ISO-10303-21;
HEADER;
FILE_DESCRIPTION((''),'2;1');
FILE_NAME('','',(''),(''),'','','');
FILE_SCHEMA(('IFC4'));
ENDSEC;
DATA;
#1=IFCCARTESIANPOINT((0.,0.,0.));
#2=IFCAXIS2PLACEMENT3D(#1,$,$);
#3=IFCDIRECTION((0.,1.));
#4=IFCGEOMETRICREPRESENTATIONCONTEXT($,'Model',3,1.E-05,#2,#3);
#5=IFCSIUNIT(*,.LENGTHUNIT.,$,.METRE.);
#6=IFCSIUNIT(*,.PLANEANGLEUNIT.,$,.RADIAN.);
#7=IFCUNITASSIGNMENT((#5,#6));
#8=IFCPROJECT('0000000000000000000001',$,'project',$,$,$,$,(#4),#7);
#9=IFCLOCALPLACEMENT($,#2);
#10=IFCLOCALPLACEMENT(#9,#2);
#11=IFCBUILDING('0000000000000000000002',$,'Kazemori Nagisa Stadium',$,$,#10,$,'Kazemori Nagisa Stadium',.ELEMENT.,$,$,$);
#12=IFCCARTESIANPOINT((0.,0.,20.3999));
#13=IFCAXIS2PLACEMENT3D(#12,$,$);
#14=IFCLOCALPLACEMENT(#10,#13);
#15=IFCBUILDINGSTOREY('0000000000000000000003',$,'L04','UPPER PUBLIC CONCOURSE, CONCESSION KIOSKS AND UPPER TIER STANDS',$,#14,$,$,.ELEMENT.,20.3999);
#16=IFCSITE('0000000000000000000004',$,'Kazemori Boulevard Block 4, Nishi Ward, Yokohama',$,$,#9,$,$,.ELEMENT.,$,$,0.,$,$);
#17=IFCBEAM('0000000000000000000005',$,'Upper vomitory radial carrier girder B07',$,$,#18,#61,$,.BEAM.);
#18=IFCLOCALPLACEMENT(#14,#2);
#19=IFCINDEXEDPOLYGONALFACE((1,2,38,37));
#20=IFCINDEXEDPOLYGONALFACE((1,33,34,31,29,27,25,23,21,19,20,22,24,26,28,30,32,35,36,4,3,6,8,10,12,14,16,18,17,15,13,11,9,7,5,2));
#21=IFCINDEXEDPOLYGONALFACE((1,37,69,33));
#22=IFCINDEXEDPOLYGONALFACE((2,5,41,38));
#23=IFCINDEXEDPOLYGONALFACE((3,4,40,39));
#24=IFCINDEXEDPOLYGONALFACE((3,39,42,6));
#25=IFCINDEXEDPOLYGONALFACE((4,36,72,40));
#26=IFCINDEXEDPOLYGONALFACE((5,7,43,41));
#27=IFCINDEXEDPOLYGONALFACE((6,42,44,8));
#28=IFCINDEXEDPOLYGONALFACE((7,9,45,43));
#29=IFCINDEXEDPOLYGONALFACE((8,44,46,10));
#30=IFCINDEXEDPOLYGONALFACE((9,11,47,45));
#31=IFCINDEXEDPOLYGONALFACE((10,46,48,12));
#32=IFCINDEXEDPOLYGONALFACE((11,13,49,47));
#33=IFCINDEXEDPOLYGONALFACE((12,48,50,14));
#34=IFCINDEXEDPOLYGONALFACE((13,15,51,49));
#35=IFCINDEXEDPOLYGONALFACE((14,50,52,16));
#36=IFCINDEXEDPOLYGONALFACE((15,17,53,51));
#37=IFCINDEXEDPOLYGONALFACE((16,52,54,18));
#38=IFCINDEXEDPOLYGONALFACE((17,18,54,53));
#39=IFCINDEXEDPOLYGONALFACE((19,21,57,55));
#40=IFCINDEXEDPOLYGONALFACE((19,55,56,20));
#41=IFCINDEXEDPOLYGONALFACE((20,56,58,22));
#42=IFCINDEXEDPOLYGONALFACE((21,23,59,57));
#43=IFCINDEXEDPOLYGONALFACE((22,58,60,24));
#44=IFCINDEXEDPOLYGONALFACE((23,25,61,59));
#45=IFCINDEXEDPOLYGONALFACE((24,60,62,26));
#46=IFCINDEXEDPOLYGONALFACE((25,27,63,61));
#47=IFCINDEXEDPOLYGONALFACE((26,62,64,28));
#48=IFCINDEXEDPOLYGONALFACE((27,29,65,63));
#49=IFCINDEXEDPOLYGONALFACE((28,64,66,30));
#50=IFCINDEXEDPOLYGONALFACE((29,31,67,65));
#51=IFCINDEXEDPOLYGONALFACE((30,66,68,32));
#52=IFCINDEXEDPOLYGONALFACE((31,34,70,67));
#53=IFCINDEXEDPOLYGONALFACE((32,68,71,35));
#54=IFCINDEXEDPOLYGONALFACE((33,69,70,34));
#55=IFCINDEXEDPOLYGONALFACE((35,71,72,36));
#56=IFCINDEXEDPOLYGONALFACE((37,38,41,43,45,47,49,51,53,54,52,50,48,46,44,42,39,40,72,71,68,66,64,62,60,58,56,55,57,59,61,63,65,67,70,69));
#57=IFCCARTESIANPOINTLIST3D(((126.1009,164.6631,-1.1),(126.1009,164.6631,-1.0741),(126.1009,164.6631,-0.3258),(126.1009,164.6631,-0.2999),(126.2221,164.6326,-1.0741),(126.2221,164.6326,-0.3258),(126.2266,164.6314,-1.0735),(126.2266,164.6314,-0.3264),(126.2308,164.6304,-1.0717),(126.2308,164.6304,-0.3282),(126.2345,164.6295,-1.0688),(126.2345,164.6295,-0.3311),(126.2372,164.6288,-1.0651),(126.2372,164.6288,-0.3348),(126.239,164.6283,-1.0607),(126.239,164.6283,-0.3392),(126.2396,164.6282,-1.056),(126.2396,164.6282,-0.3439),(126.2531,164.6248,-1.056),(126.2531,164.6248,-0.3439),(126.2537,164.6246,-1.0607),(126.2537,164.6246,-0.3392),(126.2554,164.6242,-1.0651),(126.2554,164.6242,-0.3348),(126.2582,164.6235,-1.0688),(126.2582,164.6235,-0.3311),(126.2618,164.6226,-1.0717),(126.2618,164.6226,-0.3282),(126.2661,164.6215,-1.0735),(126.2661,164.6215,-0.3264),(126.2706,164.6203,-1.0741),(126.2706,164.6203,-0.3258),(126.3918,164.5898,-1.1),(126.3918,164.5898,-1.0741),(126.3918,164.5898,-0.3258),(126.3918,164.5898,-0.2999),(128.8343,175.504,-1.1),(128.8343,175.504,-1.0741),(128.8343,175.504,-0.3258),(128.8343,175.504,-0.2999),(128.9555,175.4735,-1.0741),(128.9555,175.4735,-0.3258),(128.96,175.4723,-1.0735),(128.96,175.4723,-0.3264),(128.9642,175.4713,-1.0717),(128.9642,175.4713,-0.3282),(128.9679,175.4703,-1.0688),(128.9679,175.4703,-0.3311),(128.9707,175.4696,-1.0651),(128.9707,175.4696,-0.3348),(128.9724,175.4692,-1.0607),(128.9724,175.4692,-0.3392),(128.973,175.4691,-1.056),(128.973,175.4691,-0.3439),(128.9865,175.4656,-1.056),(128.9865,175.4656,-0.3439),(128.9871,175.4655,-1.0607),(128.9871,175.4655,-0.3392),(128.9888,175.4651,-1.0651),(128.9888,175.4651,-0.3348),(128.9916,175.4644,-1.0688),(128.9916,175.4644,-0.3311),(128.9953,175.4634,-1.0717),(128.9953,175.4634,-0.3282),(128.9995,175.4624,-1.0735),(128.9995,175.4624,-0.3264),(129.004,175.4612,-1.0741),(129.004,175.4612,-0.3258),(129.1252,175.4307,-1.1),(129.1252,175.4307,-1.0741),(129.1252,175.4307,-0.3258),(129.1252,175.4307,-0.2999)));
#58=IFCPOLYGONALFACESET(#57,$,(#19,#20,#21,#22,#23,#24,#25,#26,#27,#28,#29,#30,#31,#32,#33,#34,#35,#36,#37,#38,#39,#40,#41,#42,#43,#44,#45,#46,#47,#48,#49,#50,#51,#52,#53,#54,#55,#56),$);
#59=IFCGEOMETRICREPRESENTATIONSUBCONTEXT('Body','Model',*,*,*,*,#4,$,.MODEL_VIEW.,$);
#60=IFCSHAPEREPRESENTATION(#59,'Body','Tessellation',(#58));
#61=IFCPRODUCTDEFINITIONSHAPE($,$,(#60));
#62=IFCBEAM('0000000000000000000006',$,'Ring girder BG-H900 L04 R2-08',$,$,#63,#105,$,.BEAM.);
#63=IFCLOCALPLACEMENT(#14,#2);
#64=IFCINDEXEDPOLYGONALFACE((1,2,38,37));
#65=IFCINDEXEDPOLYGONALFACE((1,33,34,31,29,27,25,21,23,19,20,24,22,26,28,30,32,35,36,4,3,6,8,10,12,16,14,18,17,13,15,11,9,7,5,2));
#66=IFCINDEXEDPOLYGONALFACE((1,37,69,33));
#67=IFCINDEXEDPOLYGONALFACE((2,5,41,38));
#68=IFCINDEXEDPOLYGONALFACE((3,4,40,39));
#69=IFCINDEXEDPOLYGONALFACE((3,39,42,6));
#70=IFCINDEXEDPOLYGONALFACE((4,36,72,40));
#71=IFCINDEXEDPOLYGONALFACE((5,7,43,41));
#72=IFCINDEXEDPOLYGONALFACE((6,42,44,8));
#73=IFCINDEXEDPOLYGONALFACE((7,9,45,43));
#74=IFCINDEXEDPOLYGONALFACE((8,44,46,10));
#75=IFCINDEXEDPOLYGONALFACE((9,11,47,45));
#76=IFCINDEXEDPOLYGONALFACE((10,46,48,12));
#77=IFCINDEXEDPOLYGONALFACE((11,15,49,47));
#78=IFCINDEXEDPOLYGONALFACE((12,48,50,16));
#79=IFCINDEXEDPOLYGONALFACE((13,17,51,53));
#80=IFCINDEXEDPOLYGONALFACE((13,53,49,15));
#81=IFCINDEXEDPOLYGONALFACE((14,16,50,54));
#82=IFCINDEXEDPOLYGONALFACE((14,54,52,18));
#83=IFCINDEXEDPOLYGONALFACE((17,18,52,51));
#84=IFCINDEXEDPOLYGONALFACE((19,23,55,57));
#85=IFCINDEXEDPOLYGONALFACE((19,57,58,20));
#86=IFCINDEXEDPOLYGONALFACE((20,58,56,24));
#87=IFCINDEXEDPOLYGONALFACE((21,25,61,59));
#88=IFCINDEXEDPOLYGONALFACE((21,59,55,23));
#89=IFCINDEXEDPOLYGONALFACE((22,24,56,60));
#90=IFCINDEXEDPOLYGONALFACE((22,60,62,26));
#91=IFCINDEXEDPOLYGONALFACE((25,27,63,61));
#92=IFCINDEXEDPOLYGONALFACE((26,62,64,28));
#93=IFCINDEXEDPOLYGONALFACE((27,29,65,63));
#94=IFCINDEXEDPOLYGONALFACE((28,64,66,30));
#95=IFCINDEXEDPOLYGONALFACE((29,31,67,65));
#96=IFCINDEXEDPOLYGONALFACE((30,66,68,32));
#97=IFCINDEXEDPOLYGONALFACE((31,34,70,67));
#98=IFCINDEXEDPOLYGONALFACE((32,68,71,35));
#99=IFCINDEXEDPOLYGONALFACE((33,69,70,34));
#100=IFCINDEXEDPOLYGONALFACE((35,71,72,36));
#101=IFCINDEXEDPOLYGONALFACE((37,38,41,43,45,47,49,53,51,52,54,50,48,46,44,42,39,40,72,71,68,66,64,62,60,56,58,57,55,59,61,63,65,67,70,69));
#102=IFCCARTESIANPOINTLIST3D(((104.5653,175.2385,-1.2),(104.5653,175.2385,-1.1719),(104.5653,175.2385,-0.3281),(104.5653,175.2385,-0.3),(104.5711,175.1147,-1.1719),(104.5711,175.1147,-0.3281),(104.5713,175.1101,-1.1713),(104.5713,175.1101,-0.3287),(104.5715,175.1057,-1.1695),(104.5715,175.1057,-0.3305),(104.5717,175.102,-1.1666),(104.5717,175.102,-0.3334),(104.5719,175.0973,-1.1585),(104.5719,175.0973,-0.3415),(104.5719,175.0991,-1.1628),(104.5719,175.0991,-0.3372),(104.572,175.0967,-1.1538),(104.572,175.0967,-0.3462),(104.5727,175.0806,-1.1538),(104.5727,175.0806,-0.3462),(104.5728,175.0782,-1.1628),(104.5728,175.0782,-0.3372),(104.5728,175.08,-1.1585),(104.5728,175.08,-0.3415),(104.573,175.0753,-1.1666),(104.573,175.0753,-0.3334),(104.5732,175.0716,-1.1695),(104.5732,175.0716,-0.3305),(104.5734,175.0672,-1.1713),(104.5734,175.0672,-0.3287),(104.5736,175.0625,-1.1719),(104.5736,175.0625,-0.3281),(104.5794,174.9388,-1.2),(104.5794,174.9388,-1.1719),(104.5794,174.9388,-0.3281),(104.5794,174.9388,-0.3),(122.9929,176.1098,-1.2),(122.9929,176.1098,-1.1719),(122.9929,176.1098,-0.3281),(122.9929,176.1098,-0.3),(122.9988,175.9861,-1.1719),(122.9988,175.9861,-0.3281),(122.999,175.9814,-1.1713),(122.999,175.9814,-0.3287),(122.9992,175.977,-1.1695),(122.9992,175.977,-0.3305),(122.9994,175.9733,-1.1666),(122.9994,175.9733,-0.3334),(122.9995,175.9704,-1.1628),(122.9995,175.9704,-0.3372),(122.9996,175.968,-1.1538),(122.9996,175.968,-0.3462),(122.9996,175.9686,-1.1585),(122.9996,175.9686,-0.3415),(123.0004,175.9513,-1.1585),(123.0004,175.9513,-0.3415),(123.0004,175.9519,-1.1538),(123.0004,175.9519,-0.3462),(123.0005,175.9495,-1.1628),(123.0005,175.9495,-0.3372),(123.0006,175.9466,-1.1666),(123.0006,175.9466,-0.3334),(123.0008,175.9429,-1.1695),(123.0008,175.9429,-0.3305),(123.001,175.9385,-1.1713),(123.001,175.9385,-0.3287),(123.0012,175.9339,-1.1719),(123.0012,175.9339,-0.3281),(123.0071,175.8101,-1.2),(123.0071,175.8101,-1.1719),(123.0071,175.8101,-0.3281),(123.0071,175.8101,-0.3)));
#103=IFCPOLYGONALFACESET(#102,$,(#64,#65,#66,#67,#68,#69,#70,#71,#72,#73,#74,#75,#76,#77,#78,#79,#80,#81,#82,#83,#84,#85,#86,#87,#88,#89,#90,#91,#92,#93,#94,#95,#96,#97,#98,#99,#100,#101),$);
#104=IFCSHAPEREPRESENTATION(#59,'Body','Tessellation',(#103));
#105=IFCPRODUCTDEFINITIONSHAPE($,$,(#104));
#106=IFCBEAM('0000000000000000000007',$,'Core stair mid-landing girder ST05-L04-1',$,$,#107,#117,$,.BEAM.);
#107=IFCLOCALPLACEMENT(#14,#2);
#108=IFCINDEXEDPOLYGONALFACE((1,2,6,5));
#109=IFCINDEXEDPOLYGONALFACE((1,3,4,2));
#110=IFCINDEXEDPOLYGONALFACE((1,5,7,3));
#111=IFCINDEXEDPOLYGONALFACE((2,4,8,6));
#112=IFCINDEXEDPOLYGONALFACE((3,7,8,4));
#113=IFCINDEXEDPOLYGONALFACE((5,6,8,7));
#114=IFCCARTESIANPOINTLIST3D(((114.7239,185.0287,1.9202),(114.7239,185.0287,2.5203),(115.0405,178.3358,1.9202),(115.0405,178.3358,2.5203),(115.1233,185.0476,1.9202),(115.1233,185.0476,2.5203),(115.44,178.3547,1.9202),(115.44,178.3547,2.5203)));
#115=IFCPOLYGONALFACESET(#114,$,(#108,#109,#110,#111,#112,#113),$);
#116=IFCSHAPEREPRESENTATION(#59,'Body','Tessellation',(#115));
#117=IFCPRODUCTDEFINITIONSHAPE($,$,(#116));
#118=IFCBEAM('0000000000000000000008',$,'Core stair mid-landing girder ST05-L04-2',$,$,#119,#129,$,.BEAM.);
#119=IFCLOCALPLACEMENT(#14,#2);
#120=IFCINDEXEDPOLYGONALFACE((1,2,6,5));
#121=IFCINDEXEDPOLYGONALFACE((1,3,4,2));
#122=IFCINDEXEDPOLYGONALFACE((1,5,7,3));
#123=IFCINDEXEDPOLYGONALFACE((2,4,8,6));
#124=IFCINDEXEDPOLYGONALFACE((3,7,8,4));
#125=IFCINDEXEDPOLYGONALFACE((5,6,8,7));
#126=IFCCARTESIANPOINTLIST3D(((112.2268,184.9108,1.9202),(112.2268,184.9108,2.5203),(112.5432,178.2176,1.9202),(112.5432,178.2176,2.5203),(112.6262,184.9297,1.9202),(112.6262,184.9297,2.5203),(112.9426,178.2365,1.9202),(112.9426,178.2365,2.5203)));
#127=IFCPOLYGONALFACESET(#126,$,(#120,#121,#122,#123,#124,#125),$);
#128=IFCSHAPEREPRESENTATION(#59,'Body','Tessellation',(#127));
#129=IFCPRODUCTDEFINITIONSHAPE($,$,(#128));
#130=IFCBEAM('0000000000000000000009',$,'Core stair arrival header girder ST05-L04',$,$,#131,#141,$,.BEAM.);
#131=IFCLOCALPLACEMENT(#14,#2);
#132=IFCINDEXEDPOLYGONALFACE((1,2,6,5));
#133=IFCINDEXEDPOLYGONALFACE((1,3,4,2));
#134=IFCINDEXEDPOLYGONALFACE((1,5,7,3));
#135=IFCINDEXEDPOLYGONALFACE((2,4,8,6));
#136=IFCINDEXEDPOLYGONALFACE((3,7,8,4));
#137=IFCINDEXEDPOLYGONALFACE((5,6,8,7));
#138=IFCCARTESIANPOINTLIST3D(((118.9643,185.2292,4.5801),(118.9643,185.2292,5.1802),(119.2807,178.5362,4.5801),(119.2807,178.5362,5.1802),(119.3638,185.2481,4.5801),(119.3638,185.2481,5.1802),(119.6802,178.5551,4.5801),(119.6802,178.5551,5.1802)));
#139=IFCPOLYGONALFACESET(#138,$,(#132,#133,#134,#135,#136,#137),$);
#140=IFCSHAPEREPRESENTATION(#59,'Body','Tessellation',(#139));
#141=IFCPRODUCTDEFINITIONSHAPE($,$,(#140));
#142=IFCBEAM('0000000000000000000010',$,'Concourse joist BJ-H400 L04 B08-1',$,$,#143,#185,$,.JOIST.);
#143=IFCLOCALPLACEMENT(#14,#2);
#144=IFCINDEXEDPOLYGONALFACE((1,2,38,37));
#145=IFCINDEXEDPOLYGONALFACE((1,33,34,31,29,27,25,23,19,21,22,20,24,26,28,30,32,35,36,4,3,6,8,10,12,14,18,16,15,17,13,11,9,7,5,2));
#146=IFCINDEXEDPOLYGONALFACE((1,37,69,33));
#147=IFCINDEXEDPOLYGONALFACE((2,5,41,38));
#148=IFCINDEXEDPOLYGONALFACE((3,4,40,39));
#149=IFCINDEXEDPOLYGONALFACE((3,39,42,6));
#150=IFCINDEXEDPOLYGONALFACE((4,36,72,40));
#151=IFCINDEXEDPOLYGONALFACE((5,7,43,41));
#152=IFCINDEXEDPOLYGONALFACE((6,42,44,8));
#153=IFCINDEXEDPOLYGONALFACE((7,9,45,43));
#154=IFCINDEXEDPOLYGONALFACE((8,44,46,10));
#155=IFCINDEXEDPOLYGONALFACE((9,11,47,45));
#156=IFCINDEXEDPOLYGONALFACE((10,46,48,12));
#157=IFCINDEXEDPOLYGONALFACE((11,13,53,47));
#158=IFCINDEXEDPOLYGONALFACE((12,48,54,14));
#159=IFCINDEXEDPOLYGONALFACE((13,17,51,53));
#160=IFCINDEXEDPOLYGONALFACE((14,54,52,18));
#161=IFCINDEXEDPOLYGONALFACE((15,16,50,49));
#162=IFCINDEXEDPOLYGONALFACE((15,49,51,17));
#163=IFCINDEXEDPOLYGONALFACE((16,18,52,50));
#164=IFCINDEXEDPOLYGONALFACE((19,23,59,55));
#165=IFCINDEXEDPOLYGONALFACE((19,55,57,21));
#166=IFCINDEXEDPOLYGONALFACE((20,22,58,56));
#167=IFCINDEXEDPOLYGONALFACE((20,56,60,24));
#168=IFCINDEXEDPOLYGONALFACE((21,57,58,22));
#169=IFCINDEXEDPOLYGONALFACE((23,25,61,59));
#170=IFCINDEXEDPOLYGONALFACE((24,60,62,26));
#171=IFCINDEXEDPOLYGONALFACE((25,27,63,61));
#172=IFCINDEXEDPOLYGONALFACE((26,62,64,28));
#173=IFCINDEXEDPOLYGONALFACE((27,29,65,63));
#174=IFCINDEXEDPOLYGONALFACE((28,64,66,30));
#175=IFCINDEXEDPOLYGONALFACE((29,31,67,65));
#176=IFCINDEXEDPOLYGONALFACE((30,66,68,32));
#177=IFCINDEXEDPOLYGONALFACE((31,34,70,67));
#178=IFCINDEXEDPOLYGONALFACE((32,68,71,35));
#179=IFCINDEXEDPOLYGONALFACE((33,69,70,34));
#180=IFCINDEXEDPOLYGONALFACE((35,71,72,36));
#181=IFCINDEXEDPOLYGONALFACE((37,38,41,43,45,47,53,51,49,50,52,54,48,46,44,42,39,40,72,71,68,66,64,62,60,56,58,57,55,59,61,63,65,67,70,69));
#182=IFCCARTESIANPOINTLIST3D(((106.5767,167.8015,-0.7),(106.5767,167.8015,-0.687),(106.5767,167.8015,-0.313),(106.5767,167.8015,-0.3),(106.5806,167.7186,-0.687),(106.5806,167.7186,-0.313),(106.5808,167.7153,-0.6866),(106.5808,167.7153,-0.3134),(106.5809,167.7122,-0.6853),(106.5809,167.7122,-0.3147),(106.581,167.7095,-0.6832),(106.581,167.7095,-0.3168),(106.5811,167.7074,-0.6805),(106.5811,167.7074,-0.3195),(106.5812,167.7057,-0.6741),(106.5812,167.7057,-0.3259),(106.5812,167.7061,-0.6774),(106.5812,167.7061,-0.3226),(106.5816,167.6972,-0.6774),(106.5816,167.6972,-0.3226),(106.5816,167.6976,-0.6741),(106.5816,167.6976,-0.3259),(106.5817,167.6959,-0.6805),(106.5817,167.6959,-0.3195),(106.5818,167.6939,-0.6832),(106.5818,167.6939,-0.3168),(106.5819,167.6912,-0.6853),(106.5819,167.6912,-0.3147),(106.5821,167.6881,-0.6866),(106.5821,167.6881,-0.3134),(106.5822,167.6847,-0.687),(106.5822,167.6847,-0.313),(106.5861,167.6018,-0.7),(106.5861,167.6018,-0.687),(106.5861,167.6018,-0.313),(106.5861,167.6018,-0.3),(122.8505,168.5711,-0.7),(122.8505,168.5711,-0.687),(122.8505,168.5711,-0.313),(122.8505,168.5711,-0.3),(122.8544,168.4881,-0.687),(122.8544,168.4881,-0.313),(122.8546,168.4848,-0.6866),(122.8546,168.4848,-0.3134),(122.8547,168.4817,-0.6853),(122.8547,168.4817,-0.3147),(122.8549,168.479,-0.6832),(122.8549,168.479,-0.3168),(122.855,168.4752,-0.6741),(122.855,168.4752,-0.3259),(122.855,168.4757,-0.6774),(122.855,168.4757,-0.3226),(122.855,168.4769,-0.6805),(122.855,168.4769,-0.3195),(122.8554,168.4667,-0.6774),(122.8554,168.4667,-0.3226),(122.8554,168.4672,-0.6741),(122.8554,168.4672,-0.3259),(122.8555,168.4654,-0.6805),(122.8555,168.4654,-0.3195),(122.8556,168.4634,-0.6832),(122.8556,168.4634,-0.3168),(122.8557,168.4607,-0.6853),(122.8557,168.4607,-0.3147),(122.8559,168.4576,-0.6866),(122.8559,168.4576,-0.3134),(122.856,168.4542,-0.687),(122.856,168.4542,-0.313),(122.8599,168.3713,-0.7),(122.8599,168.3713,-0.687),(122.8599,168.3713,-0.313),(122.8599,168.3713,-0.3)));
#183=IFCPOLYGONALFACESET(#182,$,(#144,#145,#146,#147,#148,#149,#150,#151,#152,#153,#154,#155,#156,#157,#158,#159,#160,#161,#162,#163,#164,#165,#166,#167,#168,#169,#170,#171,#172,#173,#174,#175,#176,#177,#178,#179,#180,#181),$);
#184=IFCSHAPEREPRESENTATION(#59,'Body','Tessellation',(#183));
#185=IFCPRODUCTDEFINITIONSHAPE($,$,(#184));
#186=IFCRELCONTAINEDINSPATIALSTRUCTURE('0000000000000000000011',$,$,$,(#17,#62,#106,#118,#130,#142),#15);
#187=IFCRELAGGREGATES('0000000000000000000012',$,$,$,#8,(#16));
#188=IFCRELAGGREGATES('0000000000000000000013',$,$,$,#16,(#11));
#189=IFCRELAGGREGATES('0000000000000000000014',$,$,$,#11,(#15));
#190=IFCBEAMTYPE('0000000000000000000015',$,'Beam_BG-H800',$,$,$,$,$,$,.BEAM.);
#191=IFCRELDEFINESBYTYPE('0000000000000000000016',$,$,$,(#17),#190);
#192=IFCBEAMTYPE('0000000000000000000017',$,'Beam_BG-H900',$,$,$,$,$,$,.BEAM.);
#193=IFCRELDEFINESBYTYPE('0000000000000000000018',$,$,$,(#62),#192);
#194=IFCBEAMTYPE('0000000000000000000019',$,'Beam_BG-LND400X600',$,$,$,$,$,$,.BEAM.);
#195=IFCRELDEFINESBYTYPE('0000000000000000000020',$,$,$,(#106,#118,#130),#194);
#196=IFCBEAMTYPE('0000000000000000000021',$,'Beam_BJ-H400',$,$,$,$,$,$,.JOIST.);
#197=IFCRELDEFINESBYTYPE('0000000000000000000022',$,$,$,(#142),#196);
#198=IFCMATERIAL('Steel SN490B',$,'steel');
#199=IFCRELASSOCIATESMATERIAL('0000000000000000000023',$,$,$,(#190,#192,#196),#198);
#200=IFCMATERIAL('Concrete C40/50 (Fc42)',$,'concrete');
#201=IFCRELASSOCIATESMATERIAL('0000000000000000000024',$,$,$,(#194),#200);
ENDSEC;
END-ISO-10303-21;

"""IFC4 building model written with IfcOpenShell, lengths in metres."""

from ifc_helpers import new_model, si_unit, direction, frame, origin, origin_2d, place, context, subcontext, project, spatial, rectangle, i_section, extrude, material, material_profile, profile_set, type_object, element, save


model = new_model("IFC4")

# Units and contexts
model_context = context("Model", 3, precision=1e-05, world=origin(), true_north=direction((0.0, 1.0)))
body_context = subcontext(model_context, "Body", "Model", "MODEL_VIEW")
ifc_project = project(units=[si_unit("LENGTHUNIT", "METRE"), si_unit("PLANEANGLEUNIT", "RADIAN")], contexts=[model_context])

# Site, building, storey
site_placement = place(None, origin())
site = spatial("IfcSite", under=ifc_project, at=site_placement, Name="Kazemori Boulevard Block 4, Nishi Ward, Yokohama", CompositionType="ELEMENT", RefElevation=0.0)
building_placement = place(site_placement, origin())
building = spatial("IfcBuilding", under=site, at=building_placement, Name="Kazemori Nagisa Stadium", LongName="Kazemori Nagisa Stadium", CompositionType="ELEMENT")
storey_placement = place(building_placement, frame((0.0, 0.0, 20.3999)))
storey = spatial("IfcBuildingStorey", under=building, at=storey_placement, Name="L04", Description="UPPER PUBLIC CONCOURSE, CONCESSION KIOSKS AND UPPER TIER STANDS", CompositionType="ELEMENT", Elevation=20.3999)

# Beams
ifc_material_1 = material(Name="Steel SN490B", Category="steel")
ifc_material_profile_1 = material_profile(ifc_material_1, i_section(OverallWidth=0.3, OverallDepth=0.8, WebThickness=0.0139, FlangeThickness=0.0259, FilletRadius=0.0181, at=origin_2d()), Name="H-800x300x14x26")
ifc_profile_set_1 = profile_set([ifc_material_profile_1], Name="Steel SN490B")
beam_type_1 = type_object("IfcBeamType", Name="Beam_BG-H800", PredefinedType="BEAM", material=ifc_profile_set_1)
beam_1_placement = place(storey_placement, frame((126.2463, 164.6265, -0.7), z_axis=(0.244488, 0.969652, 0.0), x_axis=(-0.969652, 0.244488, 0.0)))
element("IfcBeam", 1, at=beam_1_placement, inside=storey, type_object=beam_type_1, Name="Upper vomitory radial carrier girder B07", PredefinedType="BEAM", context=body_context, shape_type="SweptSolid", body=[
    extrude(i_section(OverallWidth=0.3, OverallDepth=0.8, WebThickness=0.0139, FlangeThickness=0.0259, FilletRadius=0.0181, at=origin_2d()), origin(), (0.0, 0.0, 1.0), 11.1802),
])
ifc_material_profile_2 = material_profile(ifc_material_1, i_section(OverallWidth=0.3, OverallDepth=0.8999, WebThickness=0.0161, FlangeThickness=0.0281, FilletRadius=0.0181, at=origin_2d()), Name="H-900x300x16x28")
ifc_profile_set_2 = profile_set([ifc_material_profile_2], Name="Steel SN490B")
beam_type_2 = type_object("IfcBeamType", Name="Beam_BG-H900", PredefinedType="BEAM", material=ifc_profile_set_2)
beam_2_placement = place(storey_placement, frame((123.0, 175.96, -0.75), z_axis=(-0.998884, -0.047231, 0.0), x_axis=(0.047231, -0.998884, 0.0)))
element("IfcBeam", 2, at=beam_2_placement, inside=storey, type_object=beam_type_2, Name="Ring girder BG-H900 L04 R2-08", PredefinedType="BEAM", context=body_context, shape_type="SweptSolid", body=[
    extrude(i_section(OverallWidth=0.3, OverallDepth=0.8999, WebThickness=0.0161, FlangeThickness=0.0281, FilletRadius=0.0181, at=origin_2d()), origin(), (0.0, 0.0, 1.0), 18.4482),
])
ifc_material_2 = material(Name="Concrete C40/50 (Fc42)", Category="concrete")
ifc_material_profile_3 = material_profile(ifc_material_2, rectangle(XDim=0.3999, YDim=0.6001, at=origin_2d()), Name="RC-BM-400x600")
ifc_profile_set_3 = profile_set([ifc_material_profile_3], Name="Concrete C40/50 (Fc42)")
beam_type_3 = type_object("IfcBeamType", Name="Beam_BG-LND400X600", PredefinedType="BEAM", material=ifc_profile_set_3)
beam_3_placement = place(storey_placement, frame((115.2402, 178.3452, 2.2202), z_axis=(-0.047259, 0.998883, 0.0), x_axis=(-0.998883, -0.047259, 0.0)))
element("IfcBeam", 3, at=beam_3_placement, inside=storey, type_object=beam_type_3, Name="Core stair mid-landing girder ST05-L04-1", PredefinedType="BEAM", context=body_context, shape_type="SweptSolid", body=[
    extrude(rectangle(XDim=0.3999, YDim=0.6001, at=origin_2d()), origin(), (0.0, 0.0, 1.0), 6.7004),
])
beam_4_placement = place(storey_placement, frame((112.7429, 178.2271, 2.2202), z_axis=(-0.047221, 0.998884, 0.0), x_axis=(-0.998884, -0.047221, 0.0)))
element("IfcBeam", 4, at=beam_4_placement, inside=storey, type_object=beam_type_3, Name="Core stair mid-landing girder ST05-L04-2", PredefinedType="BEAM", context=body_context, shape_type="SweptSolid", body=[
    extrude(rectangle(XDim=0.3999, YDim=0.6001, at=origin_2d()), origin(), (0.0, 0.0, 1.0), 6.7007),
])
beam_5_placement = place(storey_placement, frame((119.4805, 178.5457, 4.8801), z_axis=(-0.047222, 0.998884, 0.0), x_axis=(-0.998884, -0.047222, 0.0)))
element("IfcBeam", 5, at=beam_5_placement, inside=storey, type_object=beam_type_3, Name="Core stair arrival header girder ST05-L04", PredefinedType="BEAM", context=body_context, shape_type="SweptSolid", body=[
    extrude(rectangle(XDim=0.3999, YDim=0.6001, at=origin_2d()), origin(), (0.0, 0.0, 1.0), 6.7004),
])
ifc_material_profile_4 = material_profile(ifc_material_1, i_section(OverallWidth=0.2, OverallDepth=0.3999, WebThickness=0.0081, FlangeThickness=0.0129, FilletRadius=0.0129, at=origin_2d()), Name="H-400x200x8x13")
ifc_profile_set_4 = profile_set([ifc_material_profile_4], Name="Steel SN490B")
beam_type_4 = type_object("IfcBeamType", Name="Beam_BJ-H400", PredefinedType="JOIST", material=ifc_profile_set_4)
beam_6_placement = place(storey_placement, frame((122.8552, 168.4712, -0.5), z_axis=(-0.998884, -0.047233, 0.0), x_axis=(0.047233, -0.998884, 0.0)))
element("IfcBeam", 6, at=beam_6_placement, inside=storey, type_object=beam_type_4, Name="Concourse joist BJ-H400 L04 B08-1", PredefinedType="JOIST", context=body_context, shape_type="SweptSolid", body=[
    extrude(i_section(OverallWidth=0.2, OverallDepth=0.3999, WebThickness=0.0081, FlangeThickness=0.0129, FilletRadius=0.0129, at=origin_2d()), origin(), (0.0, 0.0, 1.0), 16.292),
])

save(model, "model.ifc")
